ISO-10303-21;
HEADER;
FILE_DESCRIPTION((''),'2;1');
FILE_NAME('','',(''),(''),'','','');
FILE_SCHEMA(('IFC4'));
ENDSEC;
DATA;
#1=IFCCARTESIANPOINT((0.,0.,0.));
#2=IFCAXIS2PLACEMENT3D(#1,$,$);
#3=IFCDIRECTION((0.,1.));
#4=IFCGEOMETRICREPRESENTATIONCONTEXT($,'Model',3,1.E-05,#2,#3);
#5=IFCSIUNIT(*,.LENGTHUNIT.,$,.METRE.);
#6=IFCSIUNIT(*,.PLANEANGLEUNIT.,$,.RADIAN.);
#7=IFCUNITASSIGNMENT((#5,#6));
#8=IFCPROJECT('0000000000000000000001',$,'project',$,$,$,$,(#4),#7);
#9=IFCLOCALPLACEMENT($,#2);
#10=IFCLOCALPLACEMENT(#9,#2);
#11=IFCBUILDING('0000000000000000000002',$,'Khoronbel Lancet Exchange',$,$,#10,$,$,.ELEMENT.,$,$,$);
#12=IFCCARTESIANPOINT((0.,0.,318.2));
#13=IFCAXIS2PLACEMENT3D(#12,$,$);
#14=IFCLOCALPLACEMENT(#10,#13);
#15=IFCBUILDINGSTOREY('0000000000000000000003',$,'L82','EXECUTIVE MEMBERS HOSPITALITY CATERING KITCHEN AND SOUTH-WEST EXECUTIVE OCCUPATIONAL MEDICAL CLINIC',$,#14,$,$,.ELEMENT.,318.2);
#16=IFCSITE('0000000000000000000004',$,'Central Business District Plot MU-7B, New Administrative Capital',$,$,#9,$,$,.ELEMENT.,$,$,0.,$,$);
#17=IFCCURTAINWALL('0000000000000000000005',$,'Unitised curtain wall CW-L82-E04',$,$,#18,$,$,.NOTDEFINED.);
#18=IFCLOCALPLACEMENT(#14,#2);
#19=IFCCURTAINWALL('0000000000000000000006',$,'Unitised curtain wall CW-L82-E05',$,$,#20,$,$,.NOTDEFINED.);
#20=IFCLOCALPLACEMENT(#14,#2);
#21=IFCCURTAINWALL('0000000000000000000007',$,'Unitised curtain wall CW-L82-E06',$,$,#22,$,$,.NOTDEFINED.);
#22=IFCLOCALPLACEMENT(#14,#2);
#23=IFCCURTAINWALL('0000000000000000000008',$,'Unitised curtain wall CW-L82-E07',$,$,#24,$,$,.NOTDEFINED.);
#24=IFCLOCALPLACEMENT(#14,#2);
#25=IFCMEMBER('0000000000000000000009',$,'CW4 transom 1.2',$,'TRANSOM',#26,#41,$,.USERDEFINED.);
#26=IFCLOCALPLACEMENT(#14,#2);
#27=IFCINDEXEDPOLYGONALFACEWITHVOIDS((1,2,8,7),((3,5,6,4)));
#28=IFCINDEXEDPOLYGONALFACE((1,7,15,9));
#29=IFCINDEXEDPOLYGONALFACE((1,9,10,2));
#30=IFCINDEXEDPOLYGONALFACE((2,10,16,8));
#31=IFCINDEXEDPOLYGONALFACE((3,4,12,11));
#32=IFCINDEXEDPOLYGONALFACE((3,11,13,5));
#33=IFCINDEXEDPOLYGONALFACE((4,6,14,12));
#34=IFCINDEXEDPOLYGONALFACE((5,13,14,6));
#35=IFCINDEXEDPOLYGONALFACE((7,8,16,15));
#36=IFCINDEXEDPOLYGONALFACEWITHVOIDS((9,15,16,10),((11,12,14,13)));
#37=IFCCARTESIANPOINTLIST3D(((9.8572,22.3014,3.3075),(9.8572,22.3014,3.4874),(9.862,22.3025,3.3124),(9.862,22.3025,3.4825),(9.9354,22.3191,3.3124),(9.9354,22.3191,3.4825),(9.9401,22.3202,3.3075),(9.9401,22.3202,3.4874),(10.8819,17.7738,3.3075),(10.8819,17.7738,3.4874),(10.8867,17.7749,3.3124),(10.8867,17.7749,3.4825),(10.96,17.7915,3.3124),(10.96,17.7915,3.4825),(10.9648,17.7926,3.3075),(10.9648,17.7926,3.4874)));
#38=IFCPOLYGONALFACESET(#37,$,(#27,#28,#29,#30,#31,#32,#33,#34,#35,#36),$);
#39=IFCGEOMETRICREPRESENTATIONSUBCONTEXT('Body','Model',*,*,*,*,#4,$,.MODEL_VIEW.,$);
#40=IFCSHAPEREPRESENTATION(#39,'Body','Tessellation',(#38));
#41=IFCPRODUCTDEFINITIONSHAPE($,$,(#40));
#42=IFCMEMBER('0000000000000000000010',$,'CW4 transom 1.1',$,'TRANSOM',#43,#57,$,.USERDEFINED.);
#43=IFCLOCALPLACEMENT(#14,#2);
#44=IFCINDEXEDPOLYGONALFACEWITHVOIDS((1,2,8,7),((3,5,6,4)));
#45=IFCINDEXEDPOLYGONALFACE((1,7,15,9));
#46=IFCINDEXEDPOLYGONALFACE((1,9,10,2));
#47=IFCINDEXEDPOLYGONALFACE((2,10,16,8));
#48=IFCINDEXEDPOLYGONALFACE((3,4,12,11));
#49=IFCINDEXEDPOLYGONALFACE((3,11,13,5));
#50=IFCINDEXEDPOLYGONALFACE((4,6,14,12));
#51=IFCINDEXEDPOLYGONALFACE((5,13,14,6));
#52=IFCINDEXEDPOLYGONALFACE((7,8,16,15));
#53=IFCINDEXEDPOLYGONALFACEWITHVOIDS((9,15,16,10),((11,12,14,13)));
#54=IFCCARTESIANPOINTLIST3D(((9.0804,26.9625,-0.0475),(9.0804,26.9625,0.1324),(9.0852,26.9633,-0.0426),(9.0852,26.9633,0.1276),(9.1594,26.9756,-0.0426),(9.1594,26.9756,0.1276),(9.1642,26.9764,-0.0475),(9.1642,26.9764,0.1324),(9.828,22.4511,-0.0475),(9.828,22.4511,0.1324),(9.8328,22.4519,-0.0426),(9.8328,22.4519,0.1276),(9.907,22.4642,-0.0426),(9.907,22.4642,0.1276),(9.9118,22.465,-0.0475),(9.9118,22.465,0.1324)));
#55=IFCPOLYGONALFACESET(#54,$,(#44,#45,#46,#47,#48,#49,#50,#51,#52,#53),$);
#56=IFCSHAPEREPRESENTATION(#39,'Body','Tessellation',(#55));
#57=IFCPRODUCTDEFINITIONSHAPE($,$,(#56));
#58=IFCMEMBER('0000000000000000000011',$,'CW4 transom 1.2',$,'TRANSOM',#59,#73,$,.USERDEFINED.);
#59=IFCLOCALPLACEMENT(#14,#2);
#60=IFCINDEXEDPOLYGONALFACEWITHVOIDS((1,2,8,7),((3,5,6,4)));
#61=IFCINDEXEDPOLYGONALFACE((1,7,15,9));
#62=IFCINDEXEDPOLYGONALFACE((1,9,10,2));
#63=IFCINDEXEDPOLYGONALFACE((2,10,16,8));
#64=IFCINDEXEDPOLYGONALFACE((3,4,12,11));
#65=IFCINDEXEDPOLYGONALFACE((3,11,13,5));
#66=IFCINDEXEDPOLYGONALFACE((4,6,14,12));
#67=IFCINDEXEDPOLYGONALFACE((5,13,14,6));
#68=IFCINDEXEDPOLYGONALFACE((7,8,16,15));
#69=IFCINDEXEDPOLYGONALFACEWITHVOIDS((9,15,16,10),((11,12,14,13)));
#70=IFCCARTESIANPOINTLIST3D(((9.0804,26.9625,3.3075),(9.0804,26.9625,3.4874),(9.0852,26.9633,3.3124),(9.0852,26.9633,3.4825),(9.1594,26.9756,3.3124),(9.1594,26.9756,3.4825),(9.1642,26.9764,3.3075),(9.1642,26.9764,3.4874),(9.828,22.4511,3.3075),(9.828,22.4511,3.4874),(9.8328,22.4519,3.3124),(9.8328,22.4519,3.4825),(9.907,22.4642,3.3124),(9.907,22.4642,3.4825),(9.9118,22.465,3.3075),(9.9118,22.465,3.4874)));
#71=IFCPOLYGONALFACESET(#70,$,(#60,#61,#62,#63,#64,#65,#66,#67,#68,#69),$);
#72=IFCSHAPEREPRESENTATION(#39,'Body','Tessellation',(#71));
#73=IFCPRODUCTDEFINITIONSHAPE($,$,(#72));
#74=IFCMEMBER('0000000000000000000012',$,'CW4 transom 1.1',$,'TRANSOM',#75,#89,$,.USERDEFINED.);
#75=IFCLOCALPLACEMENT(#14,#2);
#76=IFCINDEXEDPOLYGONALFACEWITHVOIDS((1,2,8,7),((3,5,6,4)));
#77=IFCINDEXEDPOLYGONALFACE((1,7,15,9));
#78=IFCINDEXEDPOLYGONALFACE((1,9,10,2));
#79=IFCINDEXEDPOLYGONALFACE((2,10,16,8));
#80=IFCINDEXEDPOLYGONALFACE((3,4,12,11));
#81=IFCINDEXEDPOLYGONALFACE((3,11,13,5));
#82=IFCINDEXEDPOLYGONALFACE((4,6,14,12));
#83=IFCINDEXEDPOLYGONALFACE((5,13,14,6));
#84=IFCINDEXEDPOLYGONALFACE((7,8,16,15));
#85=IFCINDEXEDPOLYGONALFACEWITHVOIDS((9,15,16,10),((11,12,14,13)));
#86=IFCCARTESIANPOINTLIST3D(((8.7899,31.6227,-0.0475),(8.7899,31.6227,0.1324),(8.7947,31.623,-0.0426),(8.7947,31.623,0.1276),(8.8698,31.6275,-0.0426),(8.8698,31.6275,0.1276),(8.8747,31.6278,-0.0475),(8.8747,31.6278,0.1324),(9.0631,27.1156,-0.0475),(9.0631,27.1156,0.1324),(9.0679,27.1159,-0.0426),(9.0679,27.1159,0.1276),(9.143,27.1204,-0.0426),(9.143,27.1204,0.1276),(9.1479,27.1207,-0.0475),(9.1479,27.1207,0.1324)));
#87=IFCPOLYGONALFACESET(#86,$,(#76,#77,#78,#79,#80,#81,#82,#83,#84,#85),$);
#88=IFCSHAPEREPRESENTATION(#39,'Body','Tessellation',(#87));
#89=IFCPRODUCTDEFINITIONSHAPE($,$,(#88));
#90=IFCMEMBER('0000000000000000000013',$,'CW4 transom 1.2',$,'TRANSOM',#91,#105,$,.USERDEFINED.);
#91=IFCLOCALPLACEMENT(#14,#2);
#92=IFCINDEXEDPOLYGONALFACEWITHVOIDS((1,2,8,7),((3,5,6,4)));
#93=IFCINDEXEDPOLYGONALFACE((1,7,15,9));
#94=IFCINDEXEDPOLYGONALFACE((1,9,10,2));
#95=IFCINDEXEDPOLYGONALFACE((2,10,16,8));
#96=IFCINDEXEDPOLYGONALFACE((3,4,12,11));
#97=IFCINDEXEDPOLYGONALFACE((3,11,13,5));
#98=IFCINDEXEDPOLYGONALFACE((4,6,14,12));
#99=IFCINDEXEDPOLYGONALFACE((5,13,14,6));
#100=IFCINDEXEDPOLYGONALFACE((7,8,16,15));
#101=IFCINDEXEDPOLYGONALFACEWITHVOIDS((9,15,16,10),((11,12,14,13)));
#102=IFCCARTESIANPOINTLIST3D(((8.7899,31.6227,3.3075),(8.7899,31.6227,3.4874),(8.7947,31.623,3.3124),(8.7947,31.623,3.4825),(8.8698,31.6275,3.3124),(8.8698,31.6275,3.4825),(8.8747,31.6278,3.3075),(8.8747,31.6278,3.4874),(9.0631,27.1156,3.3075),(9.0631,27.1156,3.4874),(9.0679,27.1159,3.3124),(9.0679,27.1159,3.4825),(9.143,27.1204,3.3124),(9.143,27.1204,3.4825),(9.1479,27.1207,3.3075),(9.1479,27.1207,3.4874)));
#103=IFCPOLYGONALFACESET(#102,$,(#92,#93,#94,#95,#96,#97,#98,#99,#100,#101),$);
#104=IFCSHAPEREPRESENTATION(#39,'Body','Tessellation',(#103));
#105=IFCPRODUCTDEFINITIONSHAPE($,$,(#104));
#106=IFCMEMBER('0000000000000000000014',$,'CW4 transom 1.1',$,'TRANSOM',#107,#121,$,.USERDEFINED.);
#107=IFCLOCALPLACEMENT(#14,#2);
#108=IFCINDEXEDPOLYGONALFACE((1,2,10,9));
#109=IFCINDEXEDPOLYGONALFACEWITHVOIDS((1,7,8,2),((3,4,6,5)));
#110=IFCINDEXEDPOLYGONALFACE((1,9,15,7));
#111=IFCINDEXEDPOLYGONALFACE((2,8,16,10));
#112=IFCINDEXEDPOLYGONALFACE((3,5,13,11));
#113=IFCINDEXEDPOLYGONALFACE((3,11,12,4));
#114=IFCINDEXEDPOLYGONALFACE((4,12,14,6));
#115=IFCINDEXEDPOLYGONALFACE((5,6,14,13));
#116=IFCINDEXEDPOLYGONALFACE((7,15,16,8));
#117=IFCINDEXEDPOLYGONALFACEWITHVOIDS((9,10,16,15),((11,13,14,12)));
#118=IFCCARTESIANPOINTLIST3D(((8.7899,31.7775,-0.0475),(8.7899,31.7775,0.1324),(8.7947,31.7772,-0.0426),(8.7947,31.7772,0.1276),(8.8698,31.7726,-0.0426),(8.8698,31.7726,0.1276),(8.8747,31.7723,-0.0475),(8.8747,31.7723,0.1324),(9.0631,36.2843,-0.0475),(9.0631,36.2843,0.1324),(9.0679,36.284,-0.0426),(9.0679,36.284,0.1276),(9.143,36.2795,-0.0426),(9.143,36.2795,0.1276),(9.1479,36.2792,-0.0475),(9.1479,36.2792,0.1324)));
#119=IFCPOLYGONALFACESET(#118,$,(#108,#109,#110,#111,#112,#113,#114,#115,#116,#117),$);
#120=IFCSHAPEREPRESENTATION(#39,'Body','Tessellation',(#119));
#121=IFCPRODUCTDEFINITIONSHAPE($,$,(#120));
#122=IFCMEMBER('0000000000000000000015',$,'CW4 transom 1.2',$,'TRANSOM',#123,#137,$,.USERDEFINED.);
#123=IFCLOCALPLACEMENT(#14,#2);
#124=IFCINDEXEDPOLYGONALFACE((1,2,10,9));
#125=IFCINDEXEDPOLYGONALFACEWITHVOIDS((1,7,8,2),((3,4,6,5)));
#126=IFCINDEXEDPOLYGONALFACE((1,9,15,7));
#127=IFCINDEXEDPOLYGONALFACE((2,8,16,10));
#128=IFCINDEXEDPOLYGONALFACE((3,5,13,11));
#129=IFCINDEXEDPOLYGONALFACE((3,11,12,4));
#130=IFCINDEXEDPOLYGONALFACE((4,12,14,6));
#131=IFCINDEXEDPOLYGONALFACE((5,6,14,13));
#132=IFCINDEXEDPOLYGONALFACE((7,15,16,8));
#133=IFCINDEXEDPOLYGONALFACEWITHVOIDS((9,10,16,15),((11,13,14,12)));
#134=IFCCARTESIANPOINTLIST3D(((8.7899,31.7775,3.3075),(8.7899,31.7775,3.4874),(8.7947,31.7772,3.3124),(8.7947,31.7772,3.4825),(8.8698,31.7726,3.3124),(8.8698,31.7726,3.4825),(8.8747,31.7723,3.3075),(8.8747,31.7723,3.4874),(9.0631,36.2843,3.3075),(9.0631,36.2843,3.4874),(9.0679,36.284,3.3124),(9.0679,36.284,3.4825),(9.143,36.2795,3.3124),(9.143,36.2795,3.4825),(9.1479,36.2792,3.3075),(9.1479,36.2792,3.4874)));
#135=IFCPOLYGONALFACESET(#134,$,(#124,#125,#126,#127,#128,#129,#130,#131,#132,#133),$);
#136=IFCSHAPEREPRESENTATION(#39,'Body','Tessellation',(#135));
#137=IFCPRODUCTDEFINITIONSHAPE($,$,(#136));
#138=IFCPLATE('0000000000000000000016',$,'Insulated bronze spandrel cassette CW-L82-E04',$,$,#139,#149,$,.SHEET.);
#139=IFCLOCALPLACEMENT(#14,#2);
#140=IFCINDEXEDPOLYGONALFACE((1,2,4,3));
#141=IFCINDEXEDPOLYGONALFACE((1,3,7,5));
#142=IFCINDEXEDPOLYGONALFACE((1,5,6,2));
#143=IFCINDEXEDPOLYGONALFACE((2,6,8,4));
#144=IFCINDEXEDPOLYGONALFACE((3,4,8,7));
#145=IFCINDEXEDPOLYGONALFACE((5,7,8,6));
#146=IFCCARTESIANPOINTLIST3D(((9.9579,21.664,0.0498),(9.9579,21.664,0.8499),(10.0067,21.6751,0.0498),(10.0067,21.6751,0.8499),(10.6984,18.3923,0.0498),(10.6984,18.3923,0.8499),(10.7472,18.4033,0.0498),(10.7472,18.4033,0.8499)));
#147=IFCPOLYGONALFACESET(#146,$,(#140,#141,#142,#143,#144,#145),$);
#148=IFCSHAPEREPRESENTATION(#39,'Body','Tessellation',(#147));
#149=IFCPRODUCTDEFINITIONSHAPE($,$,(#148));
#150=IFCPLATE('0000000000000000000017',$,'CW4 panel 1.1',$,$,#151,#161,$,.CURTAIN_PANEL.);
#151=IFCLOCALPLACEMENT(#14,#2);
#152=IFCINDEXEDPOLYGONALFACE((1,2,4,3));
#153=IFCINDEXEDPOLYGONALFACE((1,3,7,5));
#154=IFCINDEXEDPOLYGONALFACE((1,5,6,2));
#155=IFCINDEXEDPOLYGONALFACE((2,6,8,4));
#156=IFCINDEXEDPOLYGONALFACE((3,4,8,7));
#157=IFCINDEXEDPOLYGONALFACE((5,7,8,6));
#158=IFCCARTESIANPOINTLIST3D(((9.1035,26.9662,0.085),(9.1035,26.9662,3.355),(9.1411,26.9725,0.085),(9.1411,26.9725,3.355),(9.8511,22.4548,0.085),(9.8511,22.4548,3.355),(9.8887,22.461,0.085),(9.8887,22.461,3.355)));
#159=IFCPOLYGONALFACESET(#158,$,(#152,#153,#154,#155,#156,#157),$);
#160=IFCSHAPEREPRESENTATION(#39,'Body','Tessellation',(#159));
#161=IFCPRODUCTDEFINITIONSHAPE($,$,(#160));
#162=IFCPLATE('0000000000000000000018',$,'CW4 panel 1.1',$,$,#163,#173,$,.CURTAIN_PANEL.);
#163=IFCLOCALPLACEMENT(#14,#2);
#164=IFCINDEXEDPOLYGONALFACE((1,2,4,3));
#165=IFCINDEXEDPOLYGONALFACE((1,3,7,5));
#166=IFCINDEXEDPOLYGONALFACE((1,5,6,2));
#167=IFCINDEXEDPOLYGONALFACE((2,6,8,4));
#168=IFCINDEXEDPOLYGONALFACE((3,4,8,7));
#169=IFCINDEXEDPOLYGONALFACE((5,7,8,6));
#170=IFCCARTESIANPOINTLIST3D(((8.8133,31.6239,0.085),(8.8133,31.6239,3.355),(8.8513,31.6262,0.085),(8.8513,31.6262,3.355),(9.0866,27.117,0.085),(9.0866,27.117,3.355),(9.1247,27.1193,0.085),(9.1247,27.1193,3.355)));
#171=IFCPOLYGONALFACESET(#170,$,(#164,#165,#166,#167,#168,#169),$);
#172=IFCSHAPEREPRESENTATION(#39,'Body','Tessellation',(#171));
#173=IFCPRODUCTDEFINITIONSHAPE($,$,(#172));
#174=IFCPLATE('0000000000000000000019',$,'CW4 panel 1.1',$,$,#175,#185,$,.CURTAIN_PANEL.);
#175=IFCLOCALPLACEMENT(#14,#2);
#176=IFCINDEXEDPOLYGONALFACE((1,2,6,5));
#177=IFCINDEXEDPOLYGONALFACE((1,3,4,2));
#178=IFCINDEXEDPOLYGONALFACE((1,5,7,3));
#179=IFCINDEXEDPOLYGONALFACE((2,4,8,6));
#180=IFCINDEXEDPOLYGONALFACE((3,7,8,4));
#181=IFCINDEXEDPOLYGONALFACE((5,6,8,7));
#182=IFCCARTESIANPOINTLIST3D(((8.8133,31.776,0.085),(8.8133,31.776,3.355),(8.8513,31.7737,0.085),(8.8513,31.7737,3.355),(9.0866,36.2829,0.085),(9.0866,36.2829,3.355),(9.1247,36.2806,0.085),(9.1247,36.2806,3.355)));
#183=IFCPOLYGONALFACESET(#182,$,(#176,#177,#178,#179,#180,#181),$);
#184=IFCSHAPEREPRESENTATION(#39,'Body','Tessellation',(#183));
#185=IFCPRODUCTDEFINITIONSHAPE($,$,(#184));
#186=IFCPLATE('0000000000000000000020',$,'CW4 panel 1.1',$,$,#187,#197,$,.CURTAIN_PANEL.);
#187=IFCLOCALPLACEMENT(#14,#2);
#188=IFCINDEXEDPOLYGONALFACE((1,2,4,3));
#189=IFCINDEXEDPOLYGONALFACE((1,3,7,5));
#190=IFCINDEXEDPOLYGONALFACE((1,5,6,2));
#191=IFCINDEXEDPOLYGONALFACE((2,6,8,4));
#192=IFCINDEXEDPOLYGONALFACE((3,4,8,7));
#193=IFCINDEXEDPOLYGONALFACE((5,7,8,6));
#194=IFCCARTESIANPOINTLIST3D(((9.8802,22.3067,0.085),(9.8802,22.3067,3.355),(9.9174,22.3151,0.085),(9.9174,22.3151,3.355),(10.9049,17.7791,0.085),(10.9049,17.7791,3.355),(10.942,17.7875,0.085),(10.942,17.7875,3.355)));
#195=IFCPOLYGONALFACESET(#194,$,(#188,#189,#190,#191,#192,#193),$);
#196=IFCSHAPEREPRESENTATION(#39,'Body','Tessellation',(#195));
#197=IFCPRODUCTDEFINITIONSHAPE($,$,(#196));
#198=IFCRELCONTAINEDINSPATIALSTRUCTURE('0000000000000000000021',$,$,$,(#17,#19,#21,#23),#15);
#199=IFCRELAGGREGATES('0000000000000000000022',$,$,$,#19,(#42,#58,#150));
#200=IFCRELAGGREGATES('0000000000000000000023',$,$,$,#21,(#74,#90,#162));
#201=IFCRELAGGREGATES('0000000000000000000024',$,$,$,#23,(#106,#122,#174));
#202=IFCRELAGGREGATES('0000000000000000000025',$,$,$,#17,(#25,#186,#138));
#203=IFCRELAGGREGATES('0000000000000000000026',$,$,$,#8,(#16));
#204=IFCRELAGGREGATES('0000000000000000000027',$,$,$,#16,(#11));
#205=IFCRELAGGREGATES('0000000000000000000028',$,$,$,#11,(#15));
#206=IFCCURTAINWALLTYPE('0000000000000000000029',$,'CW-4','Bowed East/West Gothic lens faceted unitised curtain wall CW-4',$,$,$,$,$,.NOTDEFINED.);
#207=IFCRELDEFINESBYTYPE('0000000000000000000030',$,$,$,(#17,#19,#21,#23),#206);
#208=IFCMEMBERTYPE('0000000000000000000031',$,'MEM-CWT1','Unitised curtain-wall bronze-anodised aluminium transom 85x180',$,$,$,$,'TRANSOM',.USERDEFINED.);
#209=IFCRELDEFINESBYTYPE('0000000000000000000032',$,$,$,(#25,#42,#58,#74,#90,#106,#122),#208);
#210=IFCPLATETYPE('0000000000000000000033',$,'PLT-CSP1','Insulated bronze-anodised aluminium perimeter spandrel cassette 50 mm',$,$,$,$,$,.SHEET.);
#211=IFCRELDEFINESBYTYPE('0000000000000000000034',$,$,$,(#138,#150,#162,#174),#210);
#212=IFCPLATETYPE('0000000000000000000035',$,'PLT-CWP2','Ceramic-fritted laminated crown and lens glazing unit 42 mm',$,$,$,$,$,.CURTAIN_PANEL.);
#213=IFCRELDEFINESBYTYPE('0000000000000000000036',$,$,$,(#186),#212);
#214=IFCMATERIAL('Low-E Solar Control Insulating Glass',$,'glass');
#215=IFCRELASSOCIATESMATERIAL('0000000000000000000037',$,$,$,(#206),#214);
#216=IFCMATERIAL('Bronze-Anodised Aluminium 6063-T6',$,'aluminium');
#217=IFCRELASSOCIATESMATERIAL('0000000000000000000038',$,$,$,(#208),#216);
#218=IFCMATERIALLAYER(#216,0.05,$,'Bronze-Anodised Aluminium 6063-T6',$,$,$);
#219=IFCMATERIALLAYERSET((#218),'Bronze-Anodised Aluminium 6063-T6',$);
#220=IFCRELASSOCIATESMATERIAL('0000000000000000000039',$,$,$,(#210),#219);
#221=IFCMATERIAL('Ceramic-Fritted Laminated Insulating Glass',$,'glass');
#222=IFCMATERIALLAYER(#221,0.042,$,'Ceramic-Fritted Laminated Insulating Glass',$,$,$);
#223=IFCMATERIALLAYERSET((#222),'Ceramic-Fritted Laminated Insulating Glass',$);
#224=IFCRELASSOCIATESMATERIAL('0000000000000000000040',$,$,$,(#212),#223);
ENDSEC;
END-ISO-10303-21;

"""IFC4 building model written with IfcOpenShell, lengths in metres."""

from ifc_helpers import new_model, si_unit, direction, frame, origin, origin_2d, place, context, subcontext, project, spatial, rectangle, hollow_rectangle, extrude, material, layer, layer_set, material_profile, profile_set, type_object, element, aggregate, save


model = new_model("IFC4")

# Units and contexts
model_context = context("Model", 3, precision=1e-05, world=origin(), true_north=direction((0.0, 1.0)))
body_context = subcontext(model_context, "Body", "Model", "MODEL_VIEW")
ifc_project = project(units=[si_unit("LENGTHUNIT", "METRE"), si_unit("PLANEANGLEUNIT", "RADIAN")], contexts=[model_context])

# Site, building, storey
site_placement = place(None, origin())
site = spatial("IfcSite", under=ifc_project, at=site_placement, Name="Central Business District Plot MU-7B, New Administrative Capital", CompositionType="ELEMENT", RefElevation=0.0)
building_placement = place(site_placement, origin())
building = spatial("IfcBuilding", under=site, at=building_placement, Name="Khoronbel Lancet Exchange", CompositionType="ELEMENT")
storey_placement = place(building_placement, frame((0.0, 0.0, 318.2)))
storey = spatial("IfcBuildingStorey", under=building, at=storey_placement, Name="L82", Description="EXECUTIVE MEMBERS HOSPITALITY CATERING KITCHEN AND SOUTH-WEST EXECUTIVE OCCUPATIONAL MEDICAL CLINIC", CompositionType="ELEMENT", Elevation=318.2)

# Curtain walls
ifc_material_1 = material(Name="Low-E Solar Control Insulating Glass", Category="glass")
curtain_wall_type = type_object("IfcCurtainWallType", Name="CW-4", Description="Bowed East/West Gothic lens faceted unitised curtain wall CW-4", PredefinedType="NOTDEFINED", material=ifc_material_1)
curtain_wall_1_placement = place(storey_placement, origin())
curtain_wall_1 = element("IfcCurtainWall", 1, at=curtain_wall_1_placement, inside=storey, type_object=curtain_wall_type, Name="Unitised curtain wall CW-L82-E04", PredefinedType="NOTDEFINED")
ifc_material_2 = material(Name="Bronze-Anodised Aluminium 6063-T6", Category="aluminium")
curtain_wall_2_placement = place(storey_placement, origin())
curtain_wall_2 = element("IfcCurtainWall", 2, at=curtain_wall_2_placement, inside=storey, type_object=curtain_wall_type, Name="Unitised curtain wall CW-L82-E05", PredefinedType="NOTDEFINED")
curtain_wall_3_placement = place(storey_placement, origin())
curtain_wall_3 = element("IfcCurtainWall", 3, at=curtain_wall_3_placement, inside=storey, type_object=curtain_wall_type, Name="Unitised curtain wall CW-L82-E06", PredefinedType="NOTDEFINED")

# Curtain wall
curtain_wall_4_placement = place(storey_placement, origin())
curtain_wall_4 = element("IfcCurtainWall", 4, at=curtain_wall_4_placement, inside=storey, type_object=curtain_wall_type, Name="Unitised curtain wall CW-L82-E07", PredefinedType="NOTDEFINED")

# Members
ifc_material_profile_1 = material_profile(ifc_material_2, hollow_rectangle(XDim=0.085, YDim=0.1799, WallThickness=0.0049, at=origin_2d()), Name="ALU TRANSOM 85x180")
ifc_profile_set_1 = profile_set([ifc_material_profile_1], Name="Bronze-Anodised Aluminium 6063-T6")
member_type_1 = type_object("IfcMemberType", Name="MEM-CWT1", Description="Unitised curtain-wall bronze-anodised aluminium transom 85x180", ElementType="TRANSOM", PredefinedType="USERDEFINED", material=ifc_profile_set_1)
member_1_placement = place(storey_placement, frame((10.9233, 17.7832, 3.3975), z_axis=(-0.220732, 0.975334, 0.0), x_axis=(-0.975334, -0.220732, 0.0)))
member_1 = element("IfcMember", 5, at=member_1_placement, type_object=member_type_1, Name="CW4 transom 1.2", ObjectType="TRANSOM", PredefinedType="USERDEFINED", context=body_context, shape_type="SweptSolid", body=[
    extrude(hollow_rectangle(XDim=0.085, YDim=0.1799, WallThickness=0.0049, at=origin_2d()), origin(), (0.0, 0.0, 1.0), 4.6421),
])
member_2_placement = place(storey_placement, frame((9.8699, 22.458, 0.0425), z_axis=(-0.163473, 0.986548, 0.0), x_axis=(-0.986548, -0.163473, 0.0)))
member_2 = element("IfcMember", 6, at=member_2_placement, type_object=member_type_1, Name="CW4 transom 1.1", ObjectType="TRANSOM", PredefinedType="USERDEFINED", context=body_context, shape_type="SweptSolid", body=[
    extrude(hollow_rectangle(XDim=0.085, YDim=0.1799, WallThickness=0.0049, at=origin_2d()), origin(), (0.0, 0.0, 1.0), 4.573),
])
member_3_placement = place(storey_placement, frame((9.8699, 22.458, 3.3975), z_axis=(-0.163473, 0.986548, 0.0), x_axis=(-0.986548, -0.163473, 0.0)))
member_3 = element("IfcMember", 7, at=member_3_placement, type_object=member_type_1, Name="CW4 transom 1.2", ObjectType="TRANSOM", PredefinedType="USERDEFINED", context=body_context, shape_type="SweptSolid", body=[
    extrude(hollow_rectangle(XDim=0.085, YDim=0.1799, WallThickness=0.0049, at=origin_2d()), origin(), (0.0, 0.0, 1.0), 4.573),
])
member_4_placement = place(storey_placement, frame((9.1055, 27.1182, 0.0425), z_axis=(-0.060503, 0.998168, 0.0), x_axis=(-0.998168, -0.060503, 0.0)))
member_4 = element("IfcMember", 8, at=member_4_placement, type_object=member_type_1, Name="CW4 transom 1.1", ObjectType="TRANSOM", PredefinedType="USERDEFINED", context=body_context, shape_type="SweptSolid", body=[
    extrude(hollow_rectangle(XDim=0.085, YDim=0.1799, WallThickness=0.0049, at=origin_2d()), origin(), (0.0, 0.0, 1.0), 4.5154),
])
member_5_placement = place(storey_placement, frame((9.1055, 27.1182, 3.3975), z_axis=(-0.060503, 0.998168, 0.0), x_axis=(-0.998168, -0.060503, 0.0)))
member_5 = element("IfcMember", 9, at=member_5_placement, type_object=member_type_1, Name="CW4 transom 1.2", ObjectType="TRANSOM", PredefinedType="USERDEFINED", context=body_context, shape_type="SweptSolid", body=[
    extrude(hollow_rectangle(XDim=0.085, YDim=0.1799, WallThickness=0.0049, at=origin_2d()), origin(), (0.0, 0.0, 1.0), 4.5154),
])
member_6_placement = place(storey_placement, frame((8.8323, 31.7749, 0.0425), z_axis=(0.060506, 0.998168, 0.0), x_axis=(-0.998168, 0.060506, 0.0)))
member_6 = element("IfcMember", 10, at=member_6_placement, type_object=member_type_1, Name="CW4 transom 1.1", ObjectType="TRANSOM", PredefinedType="USERDEFINED", context=body_context, shape_type="SweptSolid", body=[
    extrude(hollow_rectangle(XDim=0.085, YDim=0.1799, WallThickness=0.0049, at=origin_2d()), origin(), (0.0, 0.0, 1.0), 4.5151),
])
member_7_placement = place(storey_placement, frame((8.8323, 31.7749, 3.3975), z_axis=(0.060506, 0.998168, 0.0), x_axis=(-0.998168, 0.060506, 0.0)))
member_7 = element("IfcMember", 11, at=member_7_placement, type_object=member_type_1, Name="CW4 transom 1.2", ObjectType="TRANSOM", PredefinedType="USERDEFINED", context=body_context, shape_type="SweptSolid", body=[
    extrude(hollow_rectangle(XDim=0.085, YDim=0.1799, WallThickness=0.0049, at=origin_2d()), origin(), (0.0, 0.0, 1.0), 4.5151),
])

# Plates
ifc_layer_1 = layer(ifc_material_2, 0.05, Name="Bronze-Anodised Aluminium 6063-T6")
ifc_layer_set_1 = layer_set([ifc_layer_1], Name="Bronze-Anodised Aluminium 6063-T6")
plate_type_1 = type_object("IfcPlateType", Name="PLT-CSP1", Description="Insulated bronze-anodised aluminium perimeter spandrel cassette 50 mm", PredefinedType="SHEET", material=ifc_layer_set_1)
plate_1_placement = place(storey_placement, frame((10.3525, 20.0337, 0.0498), z_axis=(0.0, 0.0, 1.0), x_axis=(-0.220738, 0.975333, 0.0)))
plate_1 = element("IfcPlate", 12, at=plate_1_placement, type_object=plate_type_1, Name="Insulated bronze spandrel cassette CW-L82-E04", PredefinedType="SHEET", context=body_context, shape_type="SweptSolid", body=[
    extrude(rectangle(XDim=3.3545, YDim=0.05, at=origin_2d()), origin(), (0.0, 0.0, 1.0), 0.8),
])
plate_2_placement = place(storey_placement, frame((9.4961, 24.7136, 0.085), z_axis=(0.0, 0.0, 1.0), x_axis=(-0.163479, 0.986547, 0.0)))
plate_2 = element("IfcPlate", 13, at=plate_2_placement, type_object=plate_type_1, Name="CW4 panel 1.1", PredefinedType="CURTAIN_PANEL", context=body_context, shape_type="SweptSolid", body=[
    extrude(rectangle(XDim=4.573, YDim=0.0381, at=origin_2d()), origin(), (0.0, 0.0, 1.0), 3.27),
])
aggregate(curtain_wall_2, [member_2, member_3, plate_2])
plate_3_placement = place(storey_placement, frame((8.969, 29.3716, 0.085), z_axis=(0.0, 0.0, 1.0), x_axis=(-0.060534, 0.998166, 0.0)))
plate_3 = element("IfcPlate", 14, at=plate_3_placement, type_object=plate_type_1, Name="CW4 panel 1.1", PredefinedType="CURTAIN_PANEL", context=body_context, shape_type="SweptSolid", body=[
    extrude(rectangle(XDim=4.5151, YDim=0.0381, at=origin_2d()), origin(), (0.0, 0.0, 1.0), 3.27),
])
aggregate(curtain_wall_3, [member_4, member_5, plate_3])
plate_4_placement = place(storey_placement, frame((8.969, 34.0283, 0.085), z_axis=(0.0, 0.0, 1.0), x_axis=(0.060534, 0.998166, 0.0)))
plate_4 = element("IfcPlate", 15, at=plate_4_placement, type_object=plate_type_1, Name="CW4 panel 1.1", PredefinedType="CURTAIN_PANEL", context=body_context, shape_type="SweptSolid", body=[
    extrude(rectangle(XDim=4.5151, YDim=0.0381, at=origin_2d()), origin(), (0.0, 0.0, 1.0), 3.27),
])
aggregate(curtain_wall_4, [member_6, member_7, plate_4])
ifc_material_3 = material(Name="Ceramic-Fritted Laminated Insulating Glass", Category="glass")
ifc_layer_2 = layer(ifc_material_3, 0.042, Name="Ceramic-Fritted Laminated Insulating Glass")
ifc_layer_set_2 = layer_set([ifc_layer_2], Name="Ceramic-Fritted Laminated Insulating Glass")
plate_type_2 = type_object("IfcPlateType", Name="PLT-CWP2", Description="Ceramic-fritted laminated crown and lens glazing unit 42 mm", PredefinedType="CURTAIN_PANEL", material=ifc_layer_set_2)
plate_5_placement = place(storey_placement, frame((10.4111, 20.0471, 0.085), z_axis=(0.0, 0.0, 1.0), x_axis=(-0.220738, 0.975333, 0.0)))
plate_5 = element("IfcPlate", 16, at=plate_5_placement, type_object=plate_type_2, Name="CW4 panel 1.1", PredefinedType="CURTAIN_PANEL", context=body_context, shape_type="SweptSolid", body=[
    extrude(rectangle(XDim=4.6421, YDim=0.0381, at=origin_2d()), origin(), (0.0, 0.0, 1.0), 3.27),
])
aggregate(curtain_wall_1, [member_1, plate_5, plate_1])

save(model, "model.ifc")
